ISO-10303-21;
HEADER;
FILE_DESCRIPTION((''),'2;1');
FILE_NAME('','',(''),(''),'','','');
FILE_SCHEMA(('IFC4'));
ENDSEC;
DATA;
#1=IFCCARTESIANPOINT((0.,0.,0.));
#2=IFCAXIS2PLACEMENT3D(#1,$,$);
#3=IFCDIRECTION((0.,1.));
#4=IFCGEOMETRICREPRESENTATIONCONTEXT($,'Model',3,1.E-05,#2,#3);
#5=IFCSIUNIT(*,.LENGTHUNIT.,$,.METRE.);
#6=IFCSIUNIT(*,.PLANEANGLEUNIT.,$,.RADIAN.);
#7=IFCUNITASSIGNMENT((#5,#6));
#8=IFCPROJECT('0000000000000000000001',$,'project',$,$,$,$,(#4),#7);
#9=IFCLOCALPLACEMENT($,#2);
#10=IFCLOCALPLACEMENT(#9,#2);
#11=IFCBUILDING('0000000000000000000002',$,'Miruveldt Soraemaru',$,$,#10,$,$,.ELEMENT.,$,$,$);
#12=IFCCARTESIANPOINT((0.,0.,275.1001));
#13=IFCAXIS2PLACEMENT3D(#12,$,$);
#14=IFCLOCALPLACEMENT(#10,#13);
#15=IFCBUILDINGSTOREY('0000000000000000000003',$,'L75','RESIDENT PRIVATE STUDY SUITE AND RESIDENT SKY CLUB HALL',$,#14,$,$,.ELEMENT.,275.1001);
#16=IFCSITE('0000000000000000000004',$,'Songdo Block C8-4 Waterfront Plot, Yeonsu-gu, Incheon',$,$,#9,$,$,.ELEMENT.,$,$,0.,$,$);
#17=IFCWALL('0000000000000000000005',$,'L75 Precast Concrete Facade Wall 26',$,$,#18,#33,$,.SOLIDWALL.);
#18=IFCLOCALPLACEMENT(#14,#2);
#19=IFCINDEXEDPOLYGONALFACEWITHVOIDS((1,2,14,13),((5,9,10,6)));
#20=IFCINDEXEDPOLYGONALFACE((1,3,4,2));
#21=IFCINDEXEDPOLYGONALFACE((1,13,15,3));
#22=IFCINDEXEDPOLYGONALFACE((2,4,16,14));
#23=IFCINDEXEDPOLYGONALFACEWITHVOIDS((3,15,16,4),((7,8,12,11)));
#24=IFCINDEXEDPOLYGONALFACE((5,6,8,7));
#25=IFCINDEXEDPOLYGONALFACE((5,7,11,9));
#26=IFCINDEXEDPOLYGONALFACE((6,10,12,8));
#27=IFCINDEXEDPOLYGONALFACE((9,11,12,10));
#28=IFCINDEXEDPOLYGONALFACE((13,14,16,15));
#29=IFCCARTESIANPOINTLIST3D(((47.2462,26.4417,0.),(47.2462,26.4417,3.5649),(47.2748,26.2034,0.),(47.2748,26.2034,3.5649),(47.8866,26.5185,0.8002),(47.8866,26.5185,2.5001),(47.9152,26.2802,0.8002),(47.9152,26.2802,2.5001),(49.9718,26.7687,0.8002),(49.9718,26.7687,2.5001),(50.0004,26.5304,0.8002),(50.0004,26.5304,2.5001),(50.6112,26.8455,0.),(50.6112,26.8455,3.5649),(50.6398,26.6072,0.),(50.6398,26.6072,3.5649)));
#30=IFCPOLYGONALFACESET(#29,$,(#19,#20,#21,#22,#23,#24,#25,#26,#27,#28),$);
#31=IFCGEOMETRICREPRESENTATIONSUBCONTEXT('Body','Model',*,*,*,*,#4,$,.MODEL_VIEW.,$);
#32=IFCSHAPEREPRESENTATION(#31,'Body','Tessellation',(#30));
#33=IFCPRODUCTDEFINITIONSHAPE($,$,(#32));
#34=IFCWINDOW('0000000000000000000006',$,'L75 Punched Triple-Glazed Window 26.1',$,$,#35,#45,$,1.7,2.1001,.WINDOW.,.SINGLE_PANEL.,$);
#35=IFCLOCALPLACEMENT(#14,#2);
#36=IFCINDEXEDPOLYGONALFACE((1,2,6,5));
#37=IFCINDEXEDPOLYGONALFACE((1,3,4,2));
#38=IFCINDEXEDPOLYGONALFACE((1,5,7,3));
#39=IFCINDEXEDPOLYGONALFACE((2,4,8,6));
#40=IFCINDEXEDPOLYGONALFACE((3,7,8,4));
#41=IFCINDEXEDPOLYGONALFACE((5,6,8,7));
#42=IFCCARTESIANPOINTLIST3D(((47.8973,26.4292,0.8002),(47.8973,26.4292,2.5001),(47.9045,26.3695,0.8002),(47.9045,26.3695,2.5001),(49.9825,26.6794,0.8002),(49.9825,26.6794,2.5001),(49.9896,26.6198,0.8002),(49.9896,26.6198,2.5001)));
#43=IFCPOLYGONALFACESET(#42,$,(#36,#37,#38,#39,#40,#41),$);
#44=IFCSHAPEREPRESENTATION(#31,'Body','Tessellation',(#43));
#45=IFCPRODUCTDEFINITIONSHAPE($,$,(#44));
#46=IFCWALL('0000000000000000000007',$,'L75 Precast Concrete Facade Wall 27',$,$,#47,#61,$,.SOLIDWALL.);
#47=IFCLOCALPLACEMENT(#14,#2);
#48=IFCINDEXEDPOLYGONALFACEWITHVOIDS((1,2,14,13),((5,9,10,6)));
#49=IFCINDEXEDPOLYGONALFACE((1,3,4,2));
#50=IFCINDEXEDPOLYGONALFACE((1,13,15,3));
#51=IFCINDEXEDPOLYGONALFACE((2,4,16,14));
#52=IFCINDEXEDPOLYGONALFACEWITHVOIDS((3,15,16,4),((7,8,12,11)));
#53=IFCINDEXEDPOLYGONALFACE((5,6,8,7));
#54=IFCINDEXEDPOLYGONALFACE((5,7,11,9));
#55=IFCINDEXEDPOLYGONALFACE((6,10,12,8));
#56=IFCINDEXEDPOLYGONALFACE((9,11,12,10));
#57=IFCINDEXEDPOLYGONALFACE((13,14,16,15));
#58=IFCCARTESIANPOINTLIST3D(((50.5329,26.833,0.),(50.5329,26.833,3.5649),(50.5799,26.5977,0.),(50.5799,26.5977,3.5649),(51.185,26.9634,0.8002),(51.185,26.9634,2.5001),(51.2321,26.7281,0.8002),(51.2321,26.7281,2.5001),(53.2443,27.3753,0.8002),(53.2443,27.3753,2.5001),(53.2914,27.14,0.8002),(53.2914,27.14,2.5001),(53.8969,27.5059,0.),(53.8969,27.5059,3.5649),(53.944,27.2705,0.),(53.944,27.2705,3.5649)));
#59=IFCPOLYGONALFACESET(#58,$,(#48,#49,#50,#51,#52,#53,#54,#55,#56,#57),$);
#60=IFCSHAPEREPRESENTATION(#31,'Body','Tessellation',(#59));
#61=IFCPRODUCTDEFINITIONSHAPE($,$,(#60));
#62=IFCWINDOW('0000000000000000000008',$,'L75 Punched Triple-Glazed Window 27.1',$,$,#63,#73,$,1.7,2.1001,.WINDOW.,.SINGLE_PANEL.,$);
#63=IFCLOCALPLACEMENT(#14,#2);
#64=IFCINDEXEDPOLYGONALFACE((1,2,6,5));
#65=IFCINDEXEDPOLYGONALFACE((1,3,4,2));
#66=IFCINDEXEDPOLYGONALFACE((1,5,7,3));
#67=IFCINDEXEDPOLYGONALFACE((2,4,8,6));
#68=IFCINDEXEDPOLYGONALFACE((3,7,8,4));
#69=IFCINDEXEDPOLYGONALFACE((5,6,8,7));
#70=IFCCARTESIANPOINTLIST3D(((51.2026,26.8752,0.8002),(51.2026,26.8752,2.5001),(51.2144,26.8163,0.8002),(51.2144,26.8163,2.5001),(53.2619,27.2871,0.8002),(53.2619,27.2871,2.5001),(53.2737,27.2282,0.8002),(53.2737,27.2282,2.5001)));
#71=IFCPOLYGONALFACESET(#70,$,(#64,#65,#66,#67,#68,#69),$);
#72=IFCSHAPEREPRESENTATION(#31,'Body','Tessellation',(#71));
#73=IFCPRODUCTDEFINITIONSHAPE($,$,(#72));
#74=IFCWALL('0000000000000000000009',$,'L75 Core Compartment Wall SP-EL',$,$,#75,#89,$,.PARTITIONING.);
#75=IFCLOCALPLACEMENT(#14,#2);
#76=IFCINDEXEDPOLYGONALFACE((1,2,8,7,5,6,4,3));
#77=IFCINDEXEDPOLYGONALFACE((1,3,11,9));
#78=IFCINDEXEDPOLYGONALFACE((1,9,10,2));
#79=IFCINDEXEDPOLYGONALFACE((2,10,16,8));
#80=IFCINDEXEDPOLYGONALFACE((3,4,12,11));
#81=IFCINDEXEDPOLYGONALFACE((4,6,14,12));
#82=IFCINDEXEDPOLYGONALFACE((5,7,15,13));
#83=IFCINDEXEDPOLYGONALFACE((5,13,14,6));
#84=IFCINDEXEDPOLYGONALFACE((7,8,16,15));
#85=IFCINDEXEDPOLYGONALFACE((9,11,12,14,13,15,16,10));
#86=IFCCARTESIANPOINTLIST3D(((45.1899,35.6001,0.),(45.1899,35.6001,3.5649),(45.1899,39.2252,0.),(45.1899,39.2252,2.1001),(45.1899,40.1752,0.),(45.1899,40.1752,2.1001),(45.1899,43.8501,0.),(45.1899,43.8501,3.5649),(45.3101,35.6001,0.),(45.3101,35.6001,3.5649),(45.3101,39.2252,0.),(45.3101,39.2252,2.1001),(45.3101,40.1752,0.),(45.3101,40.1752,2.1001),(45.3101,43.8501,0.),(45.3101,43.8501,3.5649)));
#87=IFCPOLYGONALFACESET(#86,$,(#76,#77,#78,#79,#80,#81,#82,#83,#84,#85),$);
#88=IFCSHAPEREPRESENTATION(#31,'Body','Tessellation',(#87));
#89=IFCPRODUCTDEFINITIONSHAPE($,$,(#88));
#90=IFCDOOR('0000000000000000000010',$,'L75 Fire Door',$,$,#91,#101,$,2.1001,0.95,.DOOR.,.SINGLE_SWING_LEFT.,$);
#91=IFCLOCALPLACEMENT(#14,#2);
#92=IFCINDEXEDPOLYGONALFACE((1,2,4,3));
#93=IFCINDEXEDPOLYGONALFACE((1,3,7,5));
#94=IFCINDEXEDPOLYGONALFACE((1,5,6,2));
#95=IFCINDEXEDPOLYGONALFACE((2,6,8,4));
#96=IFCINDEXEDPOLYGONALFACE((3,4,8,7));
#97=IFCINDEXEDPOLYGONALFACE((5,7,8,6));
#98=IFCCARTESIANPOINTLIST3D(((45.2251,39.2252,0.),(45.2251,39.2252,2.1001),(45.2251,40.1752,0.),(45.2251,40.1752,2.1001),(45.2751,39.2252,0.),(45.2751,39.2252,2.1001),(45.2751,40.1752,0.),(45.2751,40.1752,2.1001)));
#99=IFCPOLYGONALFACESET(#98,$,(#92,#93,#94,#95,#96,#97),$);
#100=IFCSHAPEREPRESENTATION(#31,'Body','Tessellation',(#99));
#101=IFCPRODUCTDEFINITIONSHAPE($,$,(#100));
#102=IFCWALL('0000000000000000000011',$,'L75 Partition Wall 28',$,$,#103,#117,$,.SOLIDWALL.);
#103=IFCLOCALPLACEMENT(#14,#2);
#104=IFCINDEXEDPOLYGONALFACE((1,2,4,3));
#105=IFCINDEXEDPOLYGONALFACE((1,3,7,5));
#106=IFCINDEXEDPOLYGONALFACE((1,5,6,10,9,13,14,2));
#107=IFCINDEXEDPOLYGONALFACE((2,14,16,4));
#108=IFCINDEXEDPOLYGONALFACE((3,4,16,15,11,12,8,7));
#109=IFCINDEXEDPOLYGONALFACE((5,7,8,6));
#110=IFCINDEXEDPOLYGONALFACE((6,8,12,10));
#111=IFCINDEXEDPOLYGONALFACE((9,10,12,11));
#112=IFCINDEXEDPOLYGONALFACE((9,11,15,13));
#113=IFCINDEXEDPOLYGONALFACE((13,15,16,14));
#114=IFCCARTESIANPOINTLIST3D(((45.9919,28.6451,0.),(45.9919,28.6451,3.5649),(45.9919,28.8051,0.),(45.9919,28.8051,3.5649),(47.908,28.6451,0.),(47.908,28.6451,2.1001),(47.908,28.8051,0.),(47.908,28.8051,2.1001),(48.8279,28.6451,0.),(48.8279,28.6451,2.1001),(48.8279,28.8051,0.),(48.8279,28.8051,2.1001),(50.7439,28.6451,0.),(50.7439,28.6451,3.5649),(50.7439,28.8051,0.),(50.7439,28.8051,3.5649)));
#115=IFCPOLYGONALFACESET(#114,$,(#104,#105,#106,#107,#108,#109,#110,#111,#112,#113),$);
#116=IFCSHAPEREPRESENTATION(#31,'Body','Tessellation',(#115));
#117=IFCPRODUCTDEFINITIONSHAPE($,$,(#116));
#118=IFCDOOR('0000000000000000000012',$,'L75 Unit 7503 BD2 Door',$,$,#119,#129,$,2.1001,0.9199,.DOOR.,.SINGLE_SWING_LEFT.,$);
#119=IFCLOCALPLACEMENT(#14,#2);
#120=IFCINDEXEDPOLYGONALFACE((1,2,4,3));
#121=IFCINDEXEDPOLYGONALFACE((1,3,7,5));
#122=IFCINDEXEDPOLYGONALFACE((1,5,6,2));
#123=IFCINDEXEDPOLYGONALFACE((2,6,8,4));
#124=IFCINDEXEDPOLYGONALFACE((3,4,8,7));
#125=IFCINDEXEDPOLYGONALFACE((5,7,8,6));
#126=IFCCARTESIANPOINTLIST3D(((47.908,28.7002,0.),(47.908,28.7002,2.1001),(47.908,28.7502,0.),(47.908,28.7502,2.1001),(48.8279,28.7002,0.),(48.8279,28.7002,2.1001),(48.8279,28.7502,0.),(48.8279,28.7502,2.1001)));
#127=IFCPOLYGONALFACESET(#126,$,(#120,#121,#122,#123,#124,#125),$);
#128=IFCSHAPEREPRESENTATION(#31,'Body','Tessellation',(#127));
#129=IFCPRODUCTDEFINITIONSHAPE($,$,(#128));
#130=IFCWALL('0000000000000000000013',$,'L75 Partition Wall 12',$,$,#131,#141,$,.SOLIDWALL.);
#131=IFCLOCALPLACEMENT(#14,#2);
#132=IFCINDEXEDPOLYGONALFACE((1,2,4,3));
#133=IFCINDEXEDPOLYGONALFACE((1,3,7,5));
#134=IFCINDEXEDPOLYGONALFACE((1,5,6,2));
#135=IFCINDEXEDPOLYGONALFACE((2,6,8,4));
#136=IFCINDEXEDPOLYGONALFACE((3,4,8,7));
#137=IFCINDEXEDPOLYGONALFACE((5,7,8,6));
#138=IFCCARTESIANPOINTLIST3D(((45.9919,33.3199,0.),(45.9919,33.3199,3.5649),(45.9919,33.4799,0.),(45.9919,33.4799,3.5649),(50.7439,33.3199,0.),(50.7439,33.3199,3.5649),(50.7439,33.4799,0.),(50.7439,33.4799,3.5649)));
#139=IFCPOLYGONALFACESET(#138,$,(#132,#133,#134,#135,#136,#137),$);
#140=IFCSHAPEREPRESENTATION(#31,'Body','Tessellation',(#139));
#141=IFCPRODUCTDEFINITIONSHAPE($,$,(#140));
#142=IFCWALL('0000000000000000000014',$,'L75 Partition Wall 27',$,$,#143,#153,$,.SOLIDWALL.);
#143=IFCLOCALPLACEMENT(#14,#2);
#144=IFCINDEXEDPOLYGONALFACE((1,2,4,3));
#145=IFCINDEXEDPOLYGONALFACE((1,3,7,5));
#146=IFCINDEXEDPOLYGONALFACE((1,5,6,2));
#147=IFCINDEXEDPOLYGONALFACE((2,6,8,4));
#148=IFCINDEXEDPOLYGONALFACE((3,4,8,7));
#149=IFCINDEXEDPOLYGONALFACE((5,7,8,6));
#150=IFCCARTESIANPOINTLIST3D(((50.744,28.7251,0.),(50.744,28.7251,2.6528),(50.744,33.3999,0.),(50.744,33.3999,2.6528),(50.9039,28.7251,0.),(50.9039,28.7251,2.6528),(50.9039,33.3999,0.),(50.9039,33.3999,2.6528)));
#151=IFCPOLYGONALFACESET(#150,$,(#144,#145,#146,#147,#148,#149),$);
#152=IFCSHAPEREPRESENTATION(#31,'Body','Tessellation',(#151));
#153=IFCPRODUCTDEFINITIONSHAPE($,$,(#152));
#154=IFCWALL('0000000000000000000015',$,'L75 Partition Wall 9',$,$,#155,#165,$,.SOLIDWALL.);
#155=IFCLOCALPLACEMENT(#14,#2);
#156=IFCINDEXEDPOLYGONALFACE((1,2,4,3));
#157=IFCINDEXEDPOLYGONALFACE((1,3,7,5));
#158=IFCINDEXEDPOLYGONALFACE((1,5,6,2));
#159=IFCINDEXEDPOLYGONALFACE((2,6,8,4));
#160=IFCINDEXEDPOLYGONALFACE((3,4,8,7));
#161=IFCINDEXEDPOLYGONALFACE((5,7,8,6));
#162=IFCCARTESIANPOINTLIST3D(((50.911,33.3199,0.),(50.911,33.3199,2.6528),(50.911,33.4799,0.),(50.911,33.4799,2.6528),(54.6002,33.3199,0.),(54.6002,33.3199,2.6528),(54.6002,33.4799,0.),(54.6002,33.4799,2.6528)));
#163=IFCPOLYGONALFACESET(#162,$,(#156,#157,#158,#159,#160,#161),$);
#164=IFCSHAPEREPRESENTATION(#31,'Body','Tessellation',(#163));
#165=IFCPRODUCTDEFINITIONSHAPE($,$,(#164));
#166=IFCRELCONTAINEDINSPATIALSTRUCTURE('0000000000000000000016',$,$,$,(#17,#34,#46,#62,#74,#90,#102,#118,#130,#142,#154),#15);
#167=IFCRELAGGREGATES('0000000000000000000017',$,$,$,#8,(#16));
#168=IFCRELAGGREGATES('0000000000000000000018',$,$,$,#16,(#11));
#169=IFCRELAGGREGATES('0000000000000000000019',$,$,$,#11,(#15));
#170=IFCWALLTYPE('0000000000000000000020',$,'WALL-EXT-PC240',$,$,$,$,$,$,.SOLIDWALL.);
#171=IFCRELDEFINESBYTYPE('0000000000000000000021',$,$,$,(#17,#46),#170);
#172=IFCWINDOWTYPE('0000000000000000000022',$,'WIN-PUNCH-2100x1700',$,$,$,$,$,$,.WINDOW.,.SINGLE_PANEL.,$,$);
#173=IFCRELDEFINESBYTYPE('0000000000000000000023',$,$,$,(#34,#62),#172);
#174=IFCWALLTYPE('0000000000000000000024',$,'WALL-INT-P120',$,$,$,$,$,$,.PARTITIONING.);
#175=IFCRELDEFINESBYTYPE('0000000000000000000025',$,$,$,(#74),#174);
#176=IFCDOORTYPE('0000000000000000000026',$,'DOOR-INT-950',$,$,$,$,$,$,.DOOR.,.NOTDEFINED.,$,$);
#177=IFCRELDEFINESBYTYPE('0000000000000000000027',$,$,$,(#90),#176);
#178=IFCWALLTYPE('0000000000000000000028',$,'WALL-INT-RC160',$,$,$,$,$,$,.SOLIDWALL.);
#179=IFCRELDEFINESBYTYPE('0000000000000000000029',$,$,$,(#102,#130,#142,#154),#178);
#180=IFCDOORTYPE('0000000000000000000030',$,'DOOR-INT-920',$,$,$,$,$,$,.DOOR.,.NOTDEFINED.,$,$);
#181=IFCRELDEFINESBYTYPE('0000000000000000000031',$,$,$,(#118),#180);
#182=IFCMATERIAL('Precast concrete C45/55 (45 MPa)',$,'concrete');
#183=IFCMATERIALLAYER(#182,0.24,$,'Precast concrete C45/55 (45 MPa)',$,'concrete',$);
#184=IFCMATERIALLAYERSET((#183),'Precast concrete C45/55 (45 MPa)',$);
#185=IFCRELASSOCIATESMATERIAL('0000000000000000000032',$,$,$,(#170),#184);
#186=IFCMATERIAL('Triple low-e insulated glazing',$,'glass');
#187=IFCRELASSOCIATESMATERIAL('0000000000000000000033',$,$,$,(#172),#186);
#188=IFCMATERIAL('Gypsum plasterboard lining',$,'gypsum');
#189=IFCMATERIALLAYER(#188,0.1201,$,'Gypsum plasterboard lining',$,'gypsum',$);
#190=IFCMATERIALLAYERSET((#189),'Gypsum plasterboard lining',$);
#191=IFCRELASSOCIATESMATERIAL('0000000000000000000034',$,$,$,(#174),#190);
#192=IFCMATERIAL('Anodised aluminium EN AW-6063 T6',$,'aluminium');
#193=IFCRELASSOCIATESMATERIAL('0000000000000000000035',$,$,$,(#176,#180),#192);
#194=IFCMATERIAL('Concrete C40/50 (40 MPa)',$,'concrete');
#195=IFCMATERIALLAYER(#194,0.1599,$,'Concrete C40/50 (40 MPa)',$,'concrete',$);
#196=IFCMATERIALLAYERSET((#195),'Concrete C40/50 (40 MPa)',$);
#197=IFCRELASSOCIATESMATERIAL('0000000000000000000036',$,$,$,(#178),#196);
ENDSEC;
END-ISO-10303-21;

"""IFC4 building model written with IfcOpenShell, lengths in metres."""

from ifc_helpers import new_model, si_unit, direction, frame, frame_2d, origin, place, context, subcontext, project, spatial, rectangle, extrude, material, layer, layer_set, type_object, element, fill, save


model = new_model("IFC4")

# Units and contexts
model_context = context("Model", 3, precision=1e-05, world=origin(), true_north=direction((0.0, 1.0)))
body_context = subcontext(model_context, "Body", "Model", "MODEL_VIEW")
ifc_project = project(units=[si_unit("LENGTHUNIT", "METRE"), si_unit("PLANEANGLEUNIT", "RADIAN")], contexts=[model_context])

# Site, building, storey
site_placement = place(None, origin())
site = spatial("IfcSite", under=ifc_project, at=site_placement, Name="Songdo Block C8-4 Waterfront Plot, Yeonsu-gu, Incheon", CompositionType="ELEMENT", RefElevation=0.0)
building_placement = place(site_placement, origin())
building = spatial("IfcBuilding", under=site, at=building_placement, Name="Miruveldt Soraemaru", CompositionType="ELEMENT")
storey_placement = place(building_placement, frame((0.0, 0.0, 275.1001)))
storey = spatial("IfcBuildingStorey", under=building, at=storey_placement, Name="L75", Description="RESIDENT PRIVATE STUDY SUITE AND RESIDENT SKY CLUB HALL", CompositionType="ELEMENT", Elevation=275.1001)

# Shared definitions
ifc_material_1 = material(Name="Anodised aluminium EN AW-6063 T6", Category="aluminium")

# Walls, openings, windows
ifc_material_2 = material(Name="Precast concrete C45/55 (45 MPa)", Category="concrete")
ifc_layer_1 = layer(ifc_material_2, 0.24, Name="Precast concrete C45/55 (45 MPa)", Category="concrete")
ifc_layer_set_1 = layer_set([ifc_layer_1], Name="Precast concrete C45/55 (45 MPa)")
wall_type_1 = type_object("IfcWallType", Name="WALL-EXT-PC240", PredefinedType="SOLIDWALL", material=ifc_layer_set_1)
wall_1_placement = place(storey_placement, frame((47.2605, 26.3225, 0.0), z_axis=(0.0, 0.0, 1.0), x_axis=(0.992876, 0.119148, 0.0)))
wall_1 = element("IfcWall", 1, at=wall_1_placement, inside=storey, type_object=wall_type_1, Name="L75 Precast Concrete Facade Wall 26", PredefinedType="SOLIDWALL", context=body_context, shape_type="SweptSolid", body=[
    extrude(rectangle(XDim=3.3892, YDim=0.24, at=frame_2d((1.6946, 0.0))), origin(), (0.0, 0.0, 1.0), 3.5649),
])
opening_1_placement = place(wall_1_placement, frame((0.645, 0.0, 0.8)))
opening_1 = element("IfcOpeningElement", 2, at=opening_1_placement, cuts=wall_1, PredefinedType="OPENING", context=body_context, shape_type="SweptSolid", body=[
    extrude(rectangle(XDim=2.1001, YDim=1.7, at=frame_2d((1.05, 0.8501))), frame((0.0, 0.1299, 0.0), z_axis=(0.0, -1.0, 0.0), x_axis=(1.0, 0.0, 0.0)), (0.0, 0.0, 1.0), 0.26),
])
ifc_material_3 = material(Name="Triple low-e insulated glazing", Category="glass")
window_type = type_object("IfcWindowType", Name="WIN-PUNCH-2100x1700", PartitioningType="SINGLE_PANEL", PredefinedType="WINDOW", material=ifc_material_3)
window_1_placement = place(opening_1_placement, origin())
window_1 = element("IfcWindow", 3, at=window_1_placement, inside=storey, type_object=window_type, Name="L75 Punched Triple-Glazed Window 26.1", OverallHeight=1.7, OverallWidth=2.1001, PartitioningType="SINGLE_PANEL", PredefinedType="WINDOW", context=body_context, shape_type="SweptSolid", body=[
    extrude(rectangle(XDim=2.1001, YDim=1.7, at=frame_2d((1.05, 0.8501))), frame((0.0, 0.03, 0.0), z_axis=(0.0, -1.0, 0.0), x_axis=(1.0, 0.0, 0.0)), (0.0, 0.0, 1.0), 0.0601),
])
fill(opening_1, window_1)
wall_2_placement = place(storey_placement, frame((50.5564, 26.7153, 0.0), z_axis=(0.0, 0.0, 1.0), x_axis=(0.980578, 0.19613, 0.0)))
wall_2 = element("IfcWall", 4, at=wall_2_placement, inside=storey, type_object=wall_type_1, Name="L75 Precast Concrete Facade Wall 27", PredefinedType="SOLIDWALL", context=body_context, shape_type="SweptSolid", body=[
    extrude(rectangle(XDim=3.4307, YDim=0.24, at=frame_2d((1.7153, 0.0))), origin(), (0.0, 0.0, 1.0), 3.5649),
])
opening_2_placement = place(wall_2_placement, frame((0.665, 0.0, 0.8)))
opening_2 = element("IfcOpeningElement", 5, at=opening_2_placement, cuts=wall_2, PredefinedType="OPENING", context=body_context, shape_type="SweptSolid", body=[
    extrude(rectangle(XDim=2.1001, YDim=1.7, at=frame_2d((1.05, 0.8501))), frame((0.0, 0.1299, 0.0), z_axis=(0.0, -1.0, 0.0), x_axis=(1.0, 0.0, 0.0)), (0.0, 0.0, 1.0), 0.26),
])
window_2_placement = place(opening_2_placement, origin())
window_2 = element("IfcWindow", 6, at=window_2_placement, inside=storey, type_object=window_type, Name="L75 Punched Triple-Glazed Window 27.1", OverallHeight=1.7, OverallWidth=2.1001, PartitioningType="SINGLE_PANEL", PredefinedType="WINDOW", context=body_context, shape_type="SweptSolid", body=[
    extrude(rectangle(XDim=2.1001, YDim=1.7, at=frame_2d((1.05, 0.8501))), frame((0.0, 0.03, 0.0), z_axis=(0.0, -1.0, 0.0), x_axis=(1.0, 0.0, 0.0)), (0.0, 0.0, 1.0), 0.0601),
])
fill(opening_2, window_2)

# Walls, openings, doors
ifc_material_4 = material(Name="Gypsum plasterboard lining", Category="gypsum")
ifc_layer_2 = layer(ifc_material_4, 0.1201, Name="Gypsum plasterboard lining", Category="gypsum")
ifc_layer_set_2 = layer_set([ifc_layer_2], Name="Gypsum plasterboard lining")
wall_type_2 = type_object("IfcWallType", Name="WALL-INT-P120", PredefinedType="PARTITIONING", material=ifc_layer_set_2)
wall_3_placement = place(storey_placement, frame((45.25, 35.6001, 0.0), z_axis=(0.0, 0.0, 1.0), x_axis=(0.0, 1.0, 0.0)))
wall_3 = element("IfcWall", 7, at=wall_3_placement, inside=storey, type_object=wall_type_2, Name="L75 Core Compartment Wall SP-EL", PredefinedType="PARTITIONING", context=body_context, shape_type="SweptSolid", body=[
    extrude(rectangle(XDim=8.25, YDim=0.1201, at=frame_2d((4.125, 0.0))), origin(), (0.0, 0.0, 1.0), 3.5649),
])
opening_3_placement = place(wall_3_placement, frame((3.625, 0.0, 0.0)))
opening_3 = element("IfcOpeningElement", 8, at=opening_3_placement, cuts=wall_3, PredefinedType="OPENING", context=body_context, shape_type="SweptSolid", body=[
    extrude(rectangle(XDim=0.95, YDim=2.1001, at=frame_2d((0.4751, 1.05))), frame((0.0, 0.0701, 0.0), z_axis=(0.0, -1.0, 0.0), x_axis=(1.0, 0.0, 0.0)), (0.0, 0.0, 1.0), 0.1401),
])
door_type_1 = type_object("IfcDoorType", Name="DOOR-INT-950", OperationType="NOTDEFINED", PredefinedType="DOOR", material=ifc_material_1)
door_1_placement = place(opening_3_placement, origin())
door_1 = element("IfcDoor", 9, at=door_1_placement, inside=storey, type_object=door_type_1, Name="L75 Fire Door", OperationType="SINGLE_SWING_LEFT", OverallHeight=2.1001, OverallWidth=0.95, PredefinedType="DOOR", context=body_context, shape_type="SweptSolid", body=[
    extrude(rectangle(XDim=0.95, YDim=2.1001, at=frame_2d((0.4751, 1.05))), frame((0.0, 0.0249, 0.0), z_axis=(0.0, -1.0, 0.0), x_axis=(1.0, 0.0, 0.0)), (0.0, 0.0, 1.0), 0.05),
])
fill(opening_3, door_1)
ifc_material_5 = material(Name="Concrete C40/50 (40 MPa)", Category="concrete")
ifc_layer_3 = layer(ifc_material_5, 0.1599, Name="Concrete C40/50 (40 MPa)", Category="concrete")
ifc_layer_set_3 = layer_set([ifc_layer_3], Name="Concrete C40/50 (40 MPa)")
wall_type_3 = type_object("IfcWallType", Name="WALL-INT-RC160", PredefinedType="SOLIDWALL", material=ifc_layer_set_3)
wall_4_placement = place(storey_placement, frame((50.7439, 28.7251, 0.0), z_axis=(0.0, 0.0, 1.0), x_axis=(-1.0, 0.0, 0.0)))
wall_4 = element("IfcWall", 10, at=wall_4_placement, inside=storey, type_object=wall_type_3, Name="L75 Partition Wall 28", PredefinedType="SOLIDWALL", context=body_context, shape_type="SweptSolid", body=[
    extrude(rectangle(XDim=4.752, YDim=0.1599, at=frame_2d((2.376, 0.0))), origin(), (0.0, 0.0, 1.0), 3.5649),
])
opening_4_placement = place(wall_4_placement, frame((1.916, 0.0, 0.0)))
opening_4 = element("IfcOpeningElement", 11, at=opening_4_placement, cuts=wall_4, PredefinedType="OPENING", context=body_context, shape_type="SweptSolid", body=[
    extrude(rectangle(XDim=0.9199, YDim=2.1001, at=frame_2d((0.46, 1.05))), frame((0.0, 0.0898, 0.0), z_axis=(0.0, -1.0, 0.0), x_axis=(1.0, 0.0, 0.0)), (0.0, 0.0, 1.0), 0.1799),
])
door_type_2 = type_object("IfcDoorType", Name="DOOR-INT-920", OperationType="NOTDEFINED", PredefinedType="DOOR", material=ifc_material_1)
door_2_placement = place(opening_4_placement, origin())
door_2 = element("IfcDoor", 12, at=door_2_placement, inside=storey, type_object=door_type_2, Name="L75 Unit 7503 BD2 Door", OperationType="SINGLE_SWING_LEFT", OverallHeight=2.1001, OverallWidth=0.9199, PredefinedType="DOOR", context=body_context, shape_type="SweptSolid", body=[
    extrude(rectangle(XDim=0.9199, YDim=2.1001, at=frame_2d((0.46, 1.05))), frame((0.0, 0.0249, 0.0), z_axis=(0.0, -1.0, 0.0), x_axis=(1.0, 0.0, 0.0)), (0.0, 0.0, 1.0), 0.05),
])
fill(opening_4, door_2)

# Walls
wall_5_placement = place(storey_placement, frame((45.9919, 33.3999, 0.0), z_axis=(0.0, 0.0, 1.0), x_axis=(1.0, 0.0, 0.0)))
element("IfcWall", 13, at=wall_5_placement, inside=storey, type_object=wall_type_3, Name="L75 Partition Wall 12", PredefinedType="SOLIDWALL", context=body_context, shape_type="SweptSolid", body=[
    extrude(rectangle(XDim=4.752, YDim=0.1599, at=frame_2d((2.376, 0.0))), origin(), (0.0, 0.0, 1.0), 3.5649),
])
wall_6_placement = place(storey_placement, frame((50.824, 33.3999, 0.0), z_axis=(0.0, 0.0, 1.0), x_axis=(0.0, -1.0, 0.0)))
element("IfcWall", 14, at=wall_6_placement, inside=storey, type_object=wall_type_3, Name="L75 Partition Wall 27", PredefinedType="SOLIDWALL", context=body_context, shape_type="SweptSolid", body=[
    extrude(rectangle(XDim=4.6748, YDim=0.1599, at=frame_2d((2.3374, 0.0))), origin(), (0.0, 0.0, 1.0), 2.6528),
])
wall_7_placement = place(storey_placement, frame((50.9109, 33.3999, 0.0), z_axis=(0.0, 0.0, 1.0), x_axis=(1.0, 0.0, 0.0)))
element("IfcWall", 15, at=wall_7_placement, inside=storey, type_object=wall_type_3, Name="L75 Partition Wall 9", PredefinedType="SOLIDWALL", context=body_context, shape_type="SweptSolid", body=[
    extrude(rectangle(XDim=3.6892, YDim=0.1599, at=frame_2d((1.8447, 0.0))), origin(), (0.0, 0.0, 1.0), 2.6528),
])

save(model, "model.ifc")
